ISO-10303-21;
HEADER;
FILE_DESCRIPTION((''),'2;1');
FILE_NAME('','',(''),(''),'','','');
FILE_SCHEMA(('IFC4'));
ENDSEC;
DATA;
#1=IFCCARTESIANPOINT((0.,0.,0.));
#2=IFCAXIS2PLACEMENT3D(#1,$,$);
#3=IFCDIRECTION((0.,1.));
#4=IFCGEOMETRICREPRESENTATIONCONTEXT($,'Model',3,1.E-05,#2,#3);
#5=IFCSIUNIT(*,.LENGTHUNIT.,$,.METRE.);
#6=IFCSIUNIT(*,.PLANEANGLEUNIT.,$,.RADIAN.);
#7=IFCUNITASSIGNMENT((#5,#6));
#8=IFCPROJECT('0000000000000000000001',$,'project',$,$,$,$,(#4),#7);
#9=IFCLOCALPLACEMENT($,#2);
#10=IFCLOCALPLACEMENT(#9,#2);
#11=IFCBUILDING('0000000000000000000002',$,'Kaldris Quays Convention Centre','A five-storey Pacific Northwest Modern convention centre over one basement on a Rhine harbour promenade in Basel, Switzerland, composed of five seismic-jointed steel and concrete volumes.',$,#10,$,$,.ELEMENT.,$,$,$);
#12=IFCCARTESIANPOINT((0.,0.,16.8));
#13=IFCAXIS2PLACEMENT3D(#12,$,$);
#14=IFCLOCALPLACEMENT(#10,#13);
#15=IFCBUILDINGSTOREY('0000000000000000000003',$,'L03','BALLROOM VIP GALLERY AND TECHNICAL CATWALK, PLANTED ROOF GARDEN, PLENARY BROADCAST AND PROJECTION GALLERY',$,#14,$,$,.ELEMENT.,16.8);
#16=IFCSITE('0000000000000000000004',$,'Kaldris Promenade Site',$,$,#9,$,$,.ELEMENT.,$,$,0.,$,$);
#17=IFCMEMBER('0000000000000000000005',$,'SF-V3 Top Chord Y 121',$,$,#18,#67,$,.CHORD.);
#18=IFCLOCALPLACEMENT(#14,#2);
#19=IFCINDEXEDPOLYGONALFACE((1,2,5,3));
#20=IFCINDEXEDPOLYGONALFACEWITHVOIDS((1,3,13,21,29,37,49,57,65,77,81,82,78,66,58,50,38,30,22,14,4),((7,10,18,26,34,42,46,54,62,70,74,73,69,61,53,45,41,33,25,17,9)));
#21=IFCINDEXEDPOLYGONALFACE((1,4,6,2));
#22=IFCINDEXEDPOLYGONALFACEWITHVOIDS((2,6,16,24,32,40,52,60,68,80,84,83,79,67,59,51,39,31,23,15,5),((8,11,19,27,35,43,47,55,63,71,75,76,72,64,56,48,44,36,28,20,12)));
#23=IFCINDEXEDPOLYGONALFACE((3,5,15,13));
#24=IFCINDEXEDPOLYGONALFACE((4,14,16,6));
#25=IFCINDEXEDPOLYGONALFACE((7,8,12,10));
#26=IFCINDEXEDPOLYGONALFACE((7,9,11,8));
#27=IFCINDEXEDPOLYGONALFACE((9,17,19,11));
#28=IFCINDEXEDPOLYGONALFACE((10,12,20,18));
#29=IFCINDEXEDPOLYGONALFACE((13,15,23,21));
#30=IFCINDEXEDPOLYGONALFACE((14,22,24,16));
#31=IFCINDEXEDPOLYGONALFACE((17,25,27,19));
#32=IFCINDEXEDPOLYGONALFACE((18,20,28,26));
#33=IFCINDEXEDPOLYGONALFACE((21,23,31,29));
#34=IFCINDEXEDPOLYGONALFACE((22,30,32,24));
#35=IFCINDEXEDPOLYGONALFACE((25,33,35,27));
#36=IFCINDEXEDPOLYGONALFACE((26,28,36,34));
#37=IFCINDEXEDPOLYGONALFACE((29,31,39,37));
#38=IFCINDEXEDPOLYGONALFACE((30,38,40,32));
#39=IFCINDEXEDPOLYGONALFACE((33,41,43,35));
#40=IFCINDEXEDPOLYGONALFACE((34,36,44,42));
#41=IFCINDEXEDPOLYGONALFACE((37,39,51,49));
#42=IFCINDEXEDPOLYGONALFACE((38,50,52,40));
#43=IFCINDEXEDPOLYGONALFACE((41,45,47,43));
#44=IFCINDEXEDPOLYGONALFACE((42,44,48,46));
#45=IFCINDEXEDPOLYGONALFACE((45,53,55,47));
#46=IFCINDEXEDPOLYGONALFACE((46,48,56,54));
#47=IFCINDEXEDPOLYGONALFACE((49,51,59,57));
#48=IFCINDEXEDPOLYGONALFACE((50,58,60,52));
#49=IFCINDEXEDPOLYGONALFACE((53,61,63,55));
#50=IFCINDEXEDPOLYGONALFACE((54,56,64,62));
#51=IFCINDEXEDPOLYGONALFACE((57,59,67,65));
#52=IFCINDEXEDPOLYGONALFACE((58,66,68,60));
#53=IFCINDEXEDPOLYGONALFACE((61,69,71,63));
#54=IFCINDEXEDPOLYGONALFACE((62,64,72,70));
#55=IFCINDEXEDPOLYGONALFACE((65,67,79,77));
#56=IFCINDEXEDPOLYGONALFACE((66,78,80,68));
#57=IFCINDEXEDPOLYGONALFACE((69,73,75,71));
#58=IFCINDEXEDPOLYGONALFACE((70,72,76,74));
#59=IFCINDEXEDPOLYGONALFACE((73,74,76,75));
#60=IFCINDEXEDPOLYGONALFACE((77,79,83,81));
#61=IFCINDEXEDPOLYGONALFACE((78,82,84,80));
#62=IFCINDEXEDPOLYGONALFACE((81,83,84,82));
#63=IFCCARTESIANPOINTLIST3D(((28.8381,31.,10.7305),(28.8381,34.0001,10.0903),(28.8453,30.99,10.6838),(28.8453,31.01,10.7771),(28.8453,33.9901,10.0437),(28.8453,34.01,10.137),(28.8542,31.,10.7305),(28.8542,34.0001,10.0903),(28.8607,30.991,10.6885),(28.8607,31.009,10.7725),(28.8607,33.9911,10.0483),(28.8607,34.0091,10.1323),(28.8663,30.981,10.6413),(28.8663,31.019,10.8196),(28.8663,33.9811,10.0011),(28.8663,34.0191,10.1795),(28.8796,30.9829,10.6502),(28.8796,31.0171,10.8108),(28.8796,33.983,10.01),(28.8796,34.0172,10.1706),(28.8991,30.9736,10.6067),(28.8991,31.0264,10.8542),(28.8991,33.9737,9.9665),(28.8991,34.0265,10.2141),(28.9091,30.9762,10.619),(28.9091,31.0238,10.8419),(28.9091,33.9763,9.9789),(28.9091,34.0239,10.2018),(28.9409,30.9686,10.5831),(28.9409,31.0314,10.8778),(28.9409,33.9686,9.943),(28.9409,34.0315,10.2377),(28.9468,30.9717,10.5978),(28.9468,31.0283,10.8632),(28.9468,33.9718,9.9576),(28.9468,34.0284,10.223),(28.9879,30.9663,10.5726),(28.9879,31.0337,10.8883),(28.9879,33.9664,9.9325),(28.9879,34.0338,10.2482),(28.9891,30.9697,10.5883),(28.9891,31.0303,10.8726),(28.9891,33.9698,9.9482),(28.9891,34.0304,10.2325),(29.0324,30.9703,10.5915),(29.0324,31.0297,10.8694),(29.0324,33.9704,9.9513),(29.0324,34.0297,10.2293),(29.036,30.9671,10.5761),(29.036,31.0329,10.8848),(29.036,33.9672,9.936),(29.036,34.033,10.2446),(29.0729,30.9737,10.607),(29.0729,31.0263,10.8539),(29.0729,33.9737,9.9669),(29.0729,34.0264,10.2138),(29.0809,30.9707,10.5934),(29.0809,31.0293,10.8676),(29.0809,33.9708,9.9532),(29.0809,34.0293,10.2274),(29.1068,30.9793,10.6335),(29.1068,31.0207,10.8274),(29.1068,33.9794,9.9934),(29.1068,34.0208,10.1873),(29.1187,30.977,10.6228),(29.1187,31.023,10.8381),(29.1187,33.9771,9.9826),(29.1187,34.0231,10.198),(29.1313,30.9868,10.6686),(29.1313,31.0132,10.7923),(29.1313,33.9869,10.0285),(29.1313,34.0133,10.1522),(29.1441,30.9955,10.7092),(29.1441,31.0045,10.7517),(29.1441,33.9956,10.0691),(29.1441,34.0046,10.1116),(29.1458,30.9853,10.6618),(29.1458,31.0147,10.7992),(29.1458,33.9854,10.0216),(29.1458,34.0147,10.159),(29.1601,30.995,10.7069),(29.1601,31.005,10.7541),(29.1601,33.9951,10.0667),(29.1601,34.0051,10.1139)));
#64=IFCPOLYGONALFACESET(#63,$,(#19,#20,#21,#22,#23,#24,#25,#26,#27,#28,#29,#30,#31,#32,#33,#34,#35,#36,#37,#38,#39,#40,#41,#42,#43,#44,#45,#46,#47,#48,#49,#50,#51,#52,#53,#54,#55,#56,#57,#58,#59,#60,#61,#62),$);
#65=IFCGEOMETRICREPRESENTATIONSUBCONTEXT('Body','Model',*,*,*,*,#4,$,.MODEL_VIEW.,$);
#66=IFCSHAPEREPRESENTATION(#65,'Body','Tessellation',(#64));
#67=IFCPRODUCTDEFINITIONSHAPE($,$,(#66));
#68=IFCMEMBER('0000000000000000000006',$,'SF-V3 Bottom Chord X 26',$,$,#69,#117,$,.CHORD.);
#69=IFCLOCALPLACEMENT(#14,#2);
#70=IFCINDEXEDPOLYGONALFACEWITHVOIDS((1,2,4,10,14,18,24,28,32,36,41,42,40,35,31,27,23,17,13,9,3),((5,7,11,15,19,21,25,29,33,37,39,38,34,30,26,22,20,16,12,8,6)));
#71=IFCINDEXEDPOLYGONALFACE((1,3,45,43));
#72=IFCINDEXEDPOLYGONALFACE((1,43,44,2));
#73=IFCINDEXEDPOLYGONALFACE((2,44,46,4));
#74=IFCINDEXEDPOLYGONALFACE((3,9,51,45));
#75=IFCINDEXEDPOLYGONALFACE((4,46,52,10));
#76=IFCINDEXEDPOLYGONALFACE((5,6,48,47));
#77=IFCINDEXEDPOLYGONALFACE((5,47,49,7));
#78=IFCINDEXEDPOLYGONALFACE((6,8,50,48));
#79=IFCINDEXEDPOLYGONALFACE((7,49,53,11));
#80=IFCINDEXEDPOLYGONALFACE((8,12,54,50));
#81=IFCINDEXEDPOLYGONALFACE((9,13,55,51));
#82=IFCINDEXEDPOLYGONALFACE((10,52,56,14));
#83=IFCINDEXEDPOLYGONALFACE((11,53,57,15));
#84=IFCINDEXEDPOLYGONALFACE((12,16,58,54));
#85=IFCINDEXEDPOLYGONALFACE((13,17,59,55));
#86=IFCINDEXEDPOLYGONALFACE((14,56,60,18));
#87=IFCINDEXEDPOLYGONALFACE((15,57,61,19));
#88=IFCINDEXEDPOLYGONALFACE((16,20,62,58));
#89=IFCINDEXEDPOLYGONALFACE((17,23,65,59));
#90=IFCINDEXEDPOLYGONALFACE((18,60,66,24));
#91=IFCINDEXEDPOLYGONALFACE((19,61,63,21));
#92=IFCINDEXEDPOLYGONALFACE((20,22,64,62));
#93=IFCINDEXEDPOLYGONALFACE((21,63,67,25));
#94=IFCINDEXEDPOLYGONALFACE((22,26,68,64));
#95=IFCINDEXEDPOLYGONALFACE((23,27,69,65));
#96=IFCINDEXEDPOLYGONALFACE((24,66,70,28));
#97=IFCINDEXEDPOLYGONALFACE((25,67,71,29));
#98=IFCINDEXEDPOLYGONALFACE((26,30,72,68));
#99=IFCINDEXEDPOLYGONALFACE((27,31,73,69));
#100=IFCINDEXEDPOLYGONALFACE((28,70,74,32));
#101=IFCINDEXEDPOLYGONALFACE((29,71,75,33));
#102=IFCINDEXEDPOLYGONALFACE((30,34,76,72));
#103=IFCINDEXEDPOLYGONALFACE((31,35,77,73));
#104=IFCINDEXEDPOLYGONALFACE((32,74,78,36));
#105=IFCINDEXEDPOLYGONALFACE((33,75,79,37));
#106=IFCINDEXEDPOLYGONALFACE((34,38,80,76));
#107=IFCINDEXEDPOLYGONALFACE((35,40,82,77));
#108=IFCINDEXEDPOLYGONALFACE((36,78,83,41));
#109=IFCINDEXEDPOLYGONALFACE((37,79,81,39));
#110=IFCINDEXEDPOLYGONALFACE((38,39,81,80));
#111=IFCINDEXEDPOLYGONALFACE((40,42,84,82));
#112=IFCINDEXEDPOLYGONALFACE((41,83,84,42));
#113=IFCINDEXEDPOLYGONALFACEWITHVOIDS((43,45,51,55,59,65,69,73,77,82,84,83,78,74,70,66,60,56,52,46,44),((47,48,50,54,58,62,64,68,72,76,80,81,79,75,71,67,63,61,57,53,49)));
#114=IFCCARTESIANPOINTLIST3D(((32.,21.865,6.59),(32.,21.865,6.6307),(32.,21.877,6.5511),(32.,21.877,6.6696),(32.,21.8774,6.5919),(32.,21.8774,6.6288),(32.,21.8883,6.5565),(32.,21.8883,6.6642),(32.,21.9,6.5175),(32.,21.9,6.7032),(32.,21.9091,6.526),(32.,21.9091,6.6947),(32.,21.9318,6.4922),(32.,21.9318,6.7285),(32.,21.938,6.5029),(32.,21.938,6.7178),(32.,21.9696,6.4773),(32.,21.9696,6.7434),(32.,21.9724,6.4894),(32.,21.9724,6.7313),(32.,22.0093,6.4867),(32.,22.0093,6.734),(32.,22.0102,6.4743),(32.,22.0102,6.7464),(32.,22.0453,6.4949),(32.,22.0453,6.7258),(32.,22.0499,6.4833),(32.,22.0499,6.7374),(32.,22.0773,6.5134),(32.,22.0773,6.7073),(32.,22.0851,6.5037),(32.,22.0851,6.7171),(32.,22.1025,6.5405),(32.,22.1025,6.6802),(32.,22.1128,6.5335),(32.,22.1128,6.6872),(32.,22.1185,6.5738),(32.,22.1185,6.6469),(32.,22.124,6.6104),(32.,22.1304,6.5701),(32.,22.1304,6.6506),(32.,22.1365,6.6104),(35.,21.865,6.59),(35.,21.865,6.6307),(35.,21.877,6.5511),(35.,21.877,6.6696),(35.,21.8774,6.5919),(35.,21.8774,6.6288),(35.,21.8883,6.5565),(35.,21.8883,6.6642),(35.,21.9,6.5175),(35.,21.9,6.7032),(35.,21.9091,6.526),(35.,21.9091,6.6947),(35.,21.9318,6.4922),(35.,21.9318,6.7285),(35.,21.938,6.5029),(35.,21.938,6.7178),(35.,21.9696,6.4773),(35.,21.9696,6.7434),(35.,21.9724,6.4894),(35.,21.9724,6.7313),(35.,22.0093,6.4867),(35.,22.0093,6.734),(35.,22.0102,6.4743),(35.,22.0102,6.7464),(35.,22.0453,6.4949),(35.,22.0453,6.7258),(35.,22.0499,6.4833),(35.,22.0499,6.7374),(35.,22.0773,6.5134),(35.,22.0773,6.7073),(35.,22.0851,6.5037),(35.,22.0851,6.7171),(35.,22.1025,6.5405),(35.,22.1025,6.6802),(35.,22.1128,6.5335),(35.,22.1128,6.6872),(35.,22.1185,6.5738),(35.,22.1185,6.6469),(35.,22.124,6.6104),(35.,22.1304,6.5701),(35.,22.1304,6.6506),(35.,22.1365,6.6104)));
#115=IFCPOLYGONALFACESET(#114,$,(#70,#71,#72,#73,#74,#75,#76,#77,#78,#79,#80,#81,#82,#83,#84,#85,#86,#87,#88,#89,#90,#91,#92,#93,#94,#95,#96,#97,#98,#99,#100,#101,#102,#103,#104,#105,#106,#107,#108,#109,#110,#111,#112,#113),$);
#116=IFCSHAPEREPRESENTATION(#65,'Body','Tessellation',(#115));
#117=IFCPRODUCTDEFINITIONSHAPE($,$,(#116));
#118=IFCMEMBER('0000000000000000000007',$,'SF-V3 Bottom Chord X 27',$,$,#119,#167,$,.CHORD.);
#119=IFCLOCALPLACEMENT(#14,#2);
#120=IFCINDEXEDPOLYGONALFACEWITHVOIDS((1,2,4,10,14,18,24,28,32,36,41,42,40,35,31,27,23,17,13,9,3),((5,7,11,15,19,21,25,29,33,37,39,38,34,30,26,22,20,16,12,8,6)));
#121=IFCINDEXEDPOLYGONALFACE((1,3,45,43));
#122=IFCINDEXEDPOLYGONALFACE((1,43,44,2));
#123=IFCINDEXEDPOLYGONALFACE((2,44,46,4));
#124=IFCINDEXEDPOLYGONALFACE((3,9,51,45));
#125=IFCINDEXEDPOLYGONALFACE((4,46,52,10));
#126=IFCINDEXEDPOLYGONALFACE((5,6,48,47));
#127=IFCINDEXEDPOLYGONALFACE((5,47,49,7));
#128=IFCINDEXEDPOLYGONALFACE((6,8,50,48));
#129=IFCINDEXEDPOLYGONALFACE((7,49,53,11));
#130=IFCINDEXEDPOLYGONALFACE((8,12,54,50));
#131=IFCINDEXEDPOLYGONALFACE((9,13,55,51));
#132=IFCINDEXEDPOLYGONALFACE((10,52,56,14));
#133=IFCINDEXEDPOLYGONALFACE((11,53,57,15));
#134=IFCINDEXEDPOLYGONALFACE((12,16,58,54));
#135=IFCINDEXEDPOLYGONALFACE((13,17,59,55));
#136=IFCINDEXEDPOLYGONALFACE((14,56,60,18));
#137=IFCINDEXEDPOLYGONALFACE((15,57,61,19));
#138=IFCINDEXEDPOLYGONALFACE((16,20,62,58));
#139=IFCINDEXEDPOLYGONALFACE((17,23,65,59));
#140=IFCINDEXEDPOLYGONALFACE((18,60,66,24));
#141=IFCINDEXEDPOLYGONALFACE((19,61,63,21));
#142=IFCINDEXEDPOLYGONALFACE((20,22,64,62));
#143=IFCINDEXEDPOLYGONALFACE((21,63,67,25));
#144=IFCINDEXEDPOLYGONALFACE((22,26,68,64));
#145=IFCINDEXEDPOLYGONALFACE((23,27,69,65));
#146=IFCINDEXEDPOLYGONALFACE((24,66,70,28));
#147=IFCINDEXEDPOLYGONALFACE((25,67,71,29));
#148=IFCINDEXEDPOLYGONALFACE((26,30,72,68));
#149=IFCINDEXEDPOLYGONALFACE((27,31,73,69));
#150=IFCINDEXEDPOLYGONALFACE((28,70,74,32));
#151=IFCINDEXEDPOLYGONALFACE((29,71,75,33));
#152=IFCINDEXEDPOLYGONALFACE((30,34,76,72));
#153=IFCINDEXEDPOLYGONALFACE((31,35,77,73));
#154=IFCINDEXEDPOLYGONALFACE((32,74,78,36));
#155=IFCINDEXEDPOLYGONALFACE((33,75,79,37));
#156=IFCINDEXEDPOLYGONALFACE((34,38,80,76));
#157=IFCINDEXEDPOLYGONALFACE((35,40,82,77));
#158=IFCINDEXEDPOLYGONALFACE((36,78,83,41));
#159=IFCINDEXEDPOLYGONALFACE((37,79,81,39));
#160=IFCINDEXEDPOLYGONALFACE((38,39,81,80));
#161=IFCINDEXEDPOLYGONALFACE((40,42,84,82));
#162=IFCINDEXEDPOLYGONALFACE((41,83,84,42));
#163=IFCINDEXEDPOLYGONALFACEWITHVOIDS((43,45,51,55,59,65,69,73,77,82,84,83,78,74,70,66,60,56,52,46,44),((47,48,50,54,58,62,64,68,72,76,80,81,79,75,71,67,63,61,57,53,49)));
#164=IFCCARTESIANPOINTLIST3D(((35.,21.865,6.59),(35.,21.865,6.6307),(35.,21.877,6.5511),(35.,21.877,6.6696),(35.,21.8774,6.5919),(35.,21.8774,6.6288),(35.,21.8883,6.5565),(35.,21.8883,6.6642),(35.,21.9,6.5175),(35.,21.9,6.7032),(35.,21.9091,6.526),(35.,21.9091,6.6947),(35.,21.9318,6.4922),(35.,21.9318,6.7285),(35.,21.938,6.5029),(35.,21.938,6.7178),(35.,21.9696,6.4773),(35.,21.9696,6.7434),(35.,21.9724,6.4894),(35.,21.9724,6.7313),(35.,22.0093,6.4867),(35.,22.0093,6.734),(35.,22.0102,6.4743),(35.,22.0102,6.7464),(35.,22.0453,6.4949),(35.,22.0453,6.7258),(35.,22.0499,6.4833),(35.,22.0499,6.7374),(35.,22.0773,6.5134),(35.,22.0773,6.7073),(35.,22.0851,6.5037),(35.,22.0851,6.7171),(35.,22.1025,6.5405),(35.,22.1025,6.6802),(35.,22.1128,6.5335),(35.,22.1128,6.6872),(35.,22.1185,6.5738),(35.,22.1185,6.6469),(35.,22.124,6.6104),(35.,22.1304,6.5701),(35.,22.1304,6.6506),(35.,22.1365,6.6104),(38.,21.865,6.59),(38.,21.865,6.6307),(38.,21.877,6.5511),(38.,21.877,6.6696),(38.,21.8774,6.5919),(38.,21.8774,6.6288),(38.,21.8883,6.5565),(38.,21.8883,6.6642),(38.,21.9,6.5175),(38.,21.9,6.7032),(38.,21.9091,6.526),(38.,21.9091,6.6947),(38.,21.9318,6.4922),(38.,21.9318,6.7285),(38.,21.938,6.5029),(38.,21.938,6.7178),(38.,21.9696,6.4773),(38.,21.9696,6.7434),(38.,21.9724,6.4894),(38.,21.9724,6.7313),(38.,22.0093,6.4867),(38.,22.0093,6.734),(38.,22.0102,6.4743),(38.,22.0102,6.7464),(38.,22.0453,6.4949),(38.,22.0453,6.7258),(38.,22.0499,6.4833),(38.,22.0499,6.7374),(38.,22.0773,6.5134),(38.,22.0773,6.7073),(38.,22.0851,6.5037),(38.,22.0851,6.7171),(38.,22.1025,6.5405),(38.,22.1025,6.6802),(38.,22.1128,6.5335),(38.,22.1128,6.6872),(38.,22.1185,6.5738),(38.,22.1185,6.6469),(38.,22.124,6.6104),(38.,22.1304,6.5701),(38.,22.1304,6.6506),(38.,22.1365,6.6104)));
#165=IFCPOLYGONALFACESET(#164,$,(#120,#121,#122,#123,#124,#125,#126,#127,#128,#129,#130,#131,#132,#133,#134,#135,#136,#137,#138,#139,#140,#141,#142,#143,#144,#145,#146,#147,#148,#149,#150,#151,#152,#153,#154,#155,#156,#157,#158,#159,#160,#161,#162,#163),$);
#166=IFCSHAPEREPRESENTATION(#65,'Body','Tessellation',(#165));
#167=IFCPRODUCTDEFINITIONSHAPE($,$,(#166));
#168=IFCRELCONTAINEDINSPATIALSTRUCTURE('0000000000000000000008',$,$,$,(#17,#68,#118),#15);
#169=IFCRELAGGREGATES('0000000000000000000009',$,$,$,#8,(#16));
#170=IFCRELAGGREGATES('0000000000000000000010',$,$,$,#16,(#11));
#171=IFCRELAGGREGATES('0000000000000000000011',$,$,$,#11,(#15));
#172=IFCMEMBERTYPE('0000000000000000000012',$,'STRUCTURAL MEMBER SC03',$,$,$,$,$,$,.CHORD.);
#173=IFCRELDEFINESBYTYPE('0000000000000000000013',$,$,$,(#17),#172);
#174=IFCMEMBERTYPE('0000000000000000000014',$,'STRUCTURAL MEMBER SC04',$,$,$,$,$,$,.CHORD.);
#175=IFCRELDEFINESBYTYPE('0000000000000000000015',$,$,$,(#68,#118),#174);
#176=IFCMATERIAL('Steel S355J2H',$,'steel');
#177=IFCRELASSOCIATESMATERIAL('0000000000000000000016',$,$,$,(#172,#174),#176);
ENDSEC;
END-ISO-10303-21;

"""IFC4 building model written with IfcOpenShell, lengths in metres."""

from ifc_helpers import new_model, si_unit, direction, frame, origin, origin_2d, place, context, subcontext, project, spatial, hollow_circle, extrude, material, material_profile, profile_set, type_object, element, save


model = new_model("IFC4")

# Units and contexts
model_context = context("Model", 3, precision=1e-05, world=origin(), true_north=direction((0.0, 1.0)))
body_context = subcontext(model_context, "Body", "Model", "MODEL_VIEW")
ifc_project = project(units=[si_unit("LENGTHUNIT", "METRE"), si_unit("PLANEANGLEUNIT", "RADIAN")], contexts=[model_context])

# Site, building, storey
site_placement = place(None, origin())
site = spatial("IfcSite", under=ifc_project, at=site_placement, Name="Kaldris Promenade Site", CompositionType="ELEMENT", RefElevation=0.0)
building_placement = place(site_placement, origin())
building = spatial("IfcBuilding", under=site, at=building_placement, Name="Kaldris Quays Convention Centre", Description="A five-storey Pacific Northwest Modern convention centre over one basement on a Rhine harbour promenade in Basel, Switzerland, composed of five seismic-jointed steel and concrete volumes.", CompositionType="ELEMENT")
storey_placement = place(building_placement, frame((0.0, 0.0, 16.8)))
storey = spatial("IfcBuildingStorey", under=building, at=storey_placement, Name="L03", Description="BALLROOM VIP GALLERY AND TECHNICAL CATWALK, PLANTED ROOF GARDEN, PLENARY BROADCAST AND PROJECTION GALLERY", CompositionType="ELEMENT", Elevation=16.8)

# Members
ifc_material_1 = material(Name="Steel S355J2H", Category="steel")
ifc_material_profile_1 = material_profile(ifc_material_1, hollow_circle(Radius=0.1619, WallThickness=0.0161, at=origin_2d()), Name="CHS 323.9x16")
ifc_profile_set_1 = profile_set([ifc_material_profile_1], Name="Steel S355J2H")
member_type_1 = type_object("IfcMemberType", Name="STRUCTURAL MEMBER SC03", PredefinedType="CHORD", material=ifc_profile_set_1)
for number, where, z_axis, x_axis, name in (
    (1, (29.0, 31.0, 10.7305), (0.0, 0.977984, -0.208681), (-1.0, 0.0, 0.0), "SF-V3 Top Chord Y 121"),
):
    element("IfcMember", number, at=place(storey_placement, frame(where, z_axis=z_axis, x_axis=x_axis)), inside=storey, type_object=member_type_1, Name=name, PredefinedType="CHORD", context=body_context, shape_type="SweptSolid", body=[
        extrude(hollow_circle(Radius=0.1619, WallThickness=0.0161, at=origin_2d()), origin(), (0.0, 0.0, 1.0), 3.0676),
    ])
ifc_material_profile_2 = material_profile(ifc_material_1, hollow_circle(Radius=0.1365, WallThickness=0.0125, at=origin_2d()), Name="CHS 273x12.5")
ifc_profile_set_2 = profile_set([ifc_material_profile_2], Name="Steel S355J2H")
member_type_2 = type_object("IfcMemberType", Name="STRUCTURAL MEMBER SC04", PredefinedType="CHORD", material=ifc_profile_set_2)
for number, where, z_axis, x_axis, name in (
    (2, (32.0, 22.0, 6.6104), (1.0, 0.0, 0.0), (0.0, 1.0, 0.0), "SF-V3 Bottom Chord X 26"),
    (3, (35.0, 22.0, 6.6104), (1.0, 0.0, 0.0), (0.0, 1.0, 0.0), "SF-V3 Bottom Chord X 27"),
):
    element("IfcMember", number, at=place(storey_placement, frame(where, z_axis=z_axis, x_axis=x_axis)), inside=storey, type_object=member_type_2, Name=name, PredefinedType="CHORD", context=body_context, shape_type="SweptSolid", body=[
        extrude(hollow_circle(Radius=0.1365, WallThickness=0.0125, at=origin_2d()), origin(), (0.0, 0.0, 1.0), 3.0),
    ])

save(model, "model.ifc")
